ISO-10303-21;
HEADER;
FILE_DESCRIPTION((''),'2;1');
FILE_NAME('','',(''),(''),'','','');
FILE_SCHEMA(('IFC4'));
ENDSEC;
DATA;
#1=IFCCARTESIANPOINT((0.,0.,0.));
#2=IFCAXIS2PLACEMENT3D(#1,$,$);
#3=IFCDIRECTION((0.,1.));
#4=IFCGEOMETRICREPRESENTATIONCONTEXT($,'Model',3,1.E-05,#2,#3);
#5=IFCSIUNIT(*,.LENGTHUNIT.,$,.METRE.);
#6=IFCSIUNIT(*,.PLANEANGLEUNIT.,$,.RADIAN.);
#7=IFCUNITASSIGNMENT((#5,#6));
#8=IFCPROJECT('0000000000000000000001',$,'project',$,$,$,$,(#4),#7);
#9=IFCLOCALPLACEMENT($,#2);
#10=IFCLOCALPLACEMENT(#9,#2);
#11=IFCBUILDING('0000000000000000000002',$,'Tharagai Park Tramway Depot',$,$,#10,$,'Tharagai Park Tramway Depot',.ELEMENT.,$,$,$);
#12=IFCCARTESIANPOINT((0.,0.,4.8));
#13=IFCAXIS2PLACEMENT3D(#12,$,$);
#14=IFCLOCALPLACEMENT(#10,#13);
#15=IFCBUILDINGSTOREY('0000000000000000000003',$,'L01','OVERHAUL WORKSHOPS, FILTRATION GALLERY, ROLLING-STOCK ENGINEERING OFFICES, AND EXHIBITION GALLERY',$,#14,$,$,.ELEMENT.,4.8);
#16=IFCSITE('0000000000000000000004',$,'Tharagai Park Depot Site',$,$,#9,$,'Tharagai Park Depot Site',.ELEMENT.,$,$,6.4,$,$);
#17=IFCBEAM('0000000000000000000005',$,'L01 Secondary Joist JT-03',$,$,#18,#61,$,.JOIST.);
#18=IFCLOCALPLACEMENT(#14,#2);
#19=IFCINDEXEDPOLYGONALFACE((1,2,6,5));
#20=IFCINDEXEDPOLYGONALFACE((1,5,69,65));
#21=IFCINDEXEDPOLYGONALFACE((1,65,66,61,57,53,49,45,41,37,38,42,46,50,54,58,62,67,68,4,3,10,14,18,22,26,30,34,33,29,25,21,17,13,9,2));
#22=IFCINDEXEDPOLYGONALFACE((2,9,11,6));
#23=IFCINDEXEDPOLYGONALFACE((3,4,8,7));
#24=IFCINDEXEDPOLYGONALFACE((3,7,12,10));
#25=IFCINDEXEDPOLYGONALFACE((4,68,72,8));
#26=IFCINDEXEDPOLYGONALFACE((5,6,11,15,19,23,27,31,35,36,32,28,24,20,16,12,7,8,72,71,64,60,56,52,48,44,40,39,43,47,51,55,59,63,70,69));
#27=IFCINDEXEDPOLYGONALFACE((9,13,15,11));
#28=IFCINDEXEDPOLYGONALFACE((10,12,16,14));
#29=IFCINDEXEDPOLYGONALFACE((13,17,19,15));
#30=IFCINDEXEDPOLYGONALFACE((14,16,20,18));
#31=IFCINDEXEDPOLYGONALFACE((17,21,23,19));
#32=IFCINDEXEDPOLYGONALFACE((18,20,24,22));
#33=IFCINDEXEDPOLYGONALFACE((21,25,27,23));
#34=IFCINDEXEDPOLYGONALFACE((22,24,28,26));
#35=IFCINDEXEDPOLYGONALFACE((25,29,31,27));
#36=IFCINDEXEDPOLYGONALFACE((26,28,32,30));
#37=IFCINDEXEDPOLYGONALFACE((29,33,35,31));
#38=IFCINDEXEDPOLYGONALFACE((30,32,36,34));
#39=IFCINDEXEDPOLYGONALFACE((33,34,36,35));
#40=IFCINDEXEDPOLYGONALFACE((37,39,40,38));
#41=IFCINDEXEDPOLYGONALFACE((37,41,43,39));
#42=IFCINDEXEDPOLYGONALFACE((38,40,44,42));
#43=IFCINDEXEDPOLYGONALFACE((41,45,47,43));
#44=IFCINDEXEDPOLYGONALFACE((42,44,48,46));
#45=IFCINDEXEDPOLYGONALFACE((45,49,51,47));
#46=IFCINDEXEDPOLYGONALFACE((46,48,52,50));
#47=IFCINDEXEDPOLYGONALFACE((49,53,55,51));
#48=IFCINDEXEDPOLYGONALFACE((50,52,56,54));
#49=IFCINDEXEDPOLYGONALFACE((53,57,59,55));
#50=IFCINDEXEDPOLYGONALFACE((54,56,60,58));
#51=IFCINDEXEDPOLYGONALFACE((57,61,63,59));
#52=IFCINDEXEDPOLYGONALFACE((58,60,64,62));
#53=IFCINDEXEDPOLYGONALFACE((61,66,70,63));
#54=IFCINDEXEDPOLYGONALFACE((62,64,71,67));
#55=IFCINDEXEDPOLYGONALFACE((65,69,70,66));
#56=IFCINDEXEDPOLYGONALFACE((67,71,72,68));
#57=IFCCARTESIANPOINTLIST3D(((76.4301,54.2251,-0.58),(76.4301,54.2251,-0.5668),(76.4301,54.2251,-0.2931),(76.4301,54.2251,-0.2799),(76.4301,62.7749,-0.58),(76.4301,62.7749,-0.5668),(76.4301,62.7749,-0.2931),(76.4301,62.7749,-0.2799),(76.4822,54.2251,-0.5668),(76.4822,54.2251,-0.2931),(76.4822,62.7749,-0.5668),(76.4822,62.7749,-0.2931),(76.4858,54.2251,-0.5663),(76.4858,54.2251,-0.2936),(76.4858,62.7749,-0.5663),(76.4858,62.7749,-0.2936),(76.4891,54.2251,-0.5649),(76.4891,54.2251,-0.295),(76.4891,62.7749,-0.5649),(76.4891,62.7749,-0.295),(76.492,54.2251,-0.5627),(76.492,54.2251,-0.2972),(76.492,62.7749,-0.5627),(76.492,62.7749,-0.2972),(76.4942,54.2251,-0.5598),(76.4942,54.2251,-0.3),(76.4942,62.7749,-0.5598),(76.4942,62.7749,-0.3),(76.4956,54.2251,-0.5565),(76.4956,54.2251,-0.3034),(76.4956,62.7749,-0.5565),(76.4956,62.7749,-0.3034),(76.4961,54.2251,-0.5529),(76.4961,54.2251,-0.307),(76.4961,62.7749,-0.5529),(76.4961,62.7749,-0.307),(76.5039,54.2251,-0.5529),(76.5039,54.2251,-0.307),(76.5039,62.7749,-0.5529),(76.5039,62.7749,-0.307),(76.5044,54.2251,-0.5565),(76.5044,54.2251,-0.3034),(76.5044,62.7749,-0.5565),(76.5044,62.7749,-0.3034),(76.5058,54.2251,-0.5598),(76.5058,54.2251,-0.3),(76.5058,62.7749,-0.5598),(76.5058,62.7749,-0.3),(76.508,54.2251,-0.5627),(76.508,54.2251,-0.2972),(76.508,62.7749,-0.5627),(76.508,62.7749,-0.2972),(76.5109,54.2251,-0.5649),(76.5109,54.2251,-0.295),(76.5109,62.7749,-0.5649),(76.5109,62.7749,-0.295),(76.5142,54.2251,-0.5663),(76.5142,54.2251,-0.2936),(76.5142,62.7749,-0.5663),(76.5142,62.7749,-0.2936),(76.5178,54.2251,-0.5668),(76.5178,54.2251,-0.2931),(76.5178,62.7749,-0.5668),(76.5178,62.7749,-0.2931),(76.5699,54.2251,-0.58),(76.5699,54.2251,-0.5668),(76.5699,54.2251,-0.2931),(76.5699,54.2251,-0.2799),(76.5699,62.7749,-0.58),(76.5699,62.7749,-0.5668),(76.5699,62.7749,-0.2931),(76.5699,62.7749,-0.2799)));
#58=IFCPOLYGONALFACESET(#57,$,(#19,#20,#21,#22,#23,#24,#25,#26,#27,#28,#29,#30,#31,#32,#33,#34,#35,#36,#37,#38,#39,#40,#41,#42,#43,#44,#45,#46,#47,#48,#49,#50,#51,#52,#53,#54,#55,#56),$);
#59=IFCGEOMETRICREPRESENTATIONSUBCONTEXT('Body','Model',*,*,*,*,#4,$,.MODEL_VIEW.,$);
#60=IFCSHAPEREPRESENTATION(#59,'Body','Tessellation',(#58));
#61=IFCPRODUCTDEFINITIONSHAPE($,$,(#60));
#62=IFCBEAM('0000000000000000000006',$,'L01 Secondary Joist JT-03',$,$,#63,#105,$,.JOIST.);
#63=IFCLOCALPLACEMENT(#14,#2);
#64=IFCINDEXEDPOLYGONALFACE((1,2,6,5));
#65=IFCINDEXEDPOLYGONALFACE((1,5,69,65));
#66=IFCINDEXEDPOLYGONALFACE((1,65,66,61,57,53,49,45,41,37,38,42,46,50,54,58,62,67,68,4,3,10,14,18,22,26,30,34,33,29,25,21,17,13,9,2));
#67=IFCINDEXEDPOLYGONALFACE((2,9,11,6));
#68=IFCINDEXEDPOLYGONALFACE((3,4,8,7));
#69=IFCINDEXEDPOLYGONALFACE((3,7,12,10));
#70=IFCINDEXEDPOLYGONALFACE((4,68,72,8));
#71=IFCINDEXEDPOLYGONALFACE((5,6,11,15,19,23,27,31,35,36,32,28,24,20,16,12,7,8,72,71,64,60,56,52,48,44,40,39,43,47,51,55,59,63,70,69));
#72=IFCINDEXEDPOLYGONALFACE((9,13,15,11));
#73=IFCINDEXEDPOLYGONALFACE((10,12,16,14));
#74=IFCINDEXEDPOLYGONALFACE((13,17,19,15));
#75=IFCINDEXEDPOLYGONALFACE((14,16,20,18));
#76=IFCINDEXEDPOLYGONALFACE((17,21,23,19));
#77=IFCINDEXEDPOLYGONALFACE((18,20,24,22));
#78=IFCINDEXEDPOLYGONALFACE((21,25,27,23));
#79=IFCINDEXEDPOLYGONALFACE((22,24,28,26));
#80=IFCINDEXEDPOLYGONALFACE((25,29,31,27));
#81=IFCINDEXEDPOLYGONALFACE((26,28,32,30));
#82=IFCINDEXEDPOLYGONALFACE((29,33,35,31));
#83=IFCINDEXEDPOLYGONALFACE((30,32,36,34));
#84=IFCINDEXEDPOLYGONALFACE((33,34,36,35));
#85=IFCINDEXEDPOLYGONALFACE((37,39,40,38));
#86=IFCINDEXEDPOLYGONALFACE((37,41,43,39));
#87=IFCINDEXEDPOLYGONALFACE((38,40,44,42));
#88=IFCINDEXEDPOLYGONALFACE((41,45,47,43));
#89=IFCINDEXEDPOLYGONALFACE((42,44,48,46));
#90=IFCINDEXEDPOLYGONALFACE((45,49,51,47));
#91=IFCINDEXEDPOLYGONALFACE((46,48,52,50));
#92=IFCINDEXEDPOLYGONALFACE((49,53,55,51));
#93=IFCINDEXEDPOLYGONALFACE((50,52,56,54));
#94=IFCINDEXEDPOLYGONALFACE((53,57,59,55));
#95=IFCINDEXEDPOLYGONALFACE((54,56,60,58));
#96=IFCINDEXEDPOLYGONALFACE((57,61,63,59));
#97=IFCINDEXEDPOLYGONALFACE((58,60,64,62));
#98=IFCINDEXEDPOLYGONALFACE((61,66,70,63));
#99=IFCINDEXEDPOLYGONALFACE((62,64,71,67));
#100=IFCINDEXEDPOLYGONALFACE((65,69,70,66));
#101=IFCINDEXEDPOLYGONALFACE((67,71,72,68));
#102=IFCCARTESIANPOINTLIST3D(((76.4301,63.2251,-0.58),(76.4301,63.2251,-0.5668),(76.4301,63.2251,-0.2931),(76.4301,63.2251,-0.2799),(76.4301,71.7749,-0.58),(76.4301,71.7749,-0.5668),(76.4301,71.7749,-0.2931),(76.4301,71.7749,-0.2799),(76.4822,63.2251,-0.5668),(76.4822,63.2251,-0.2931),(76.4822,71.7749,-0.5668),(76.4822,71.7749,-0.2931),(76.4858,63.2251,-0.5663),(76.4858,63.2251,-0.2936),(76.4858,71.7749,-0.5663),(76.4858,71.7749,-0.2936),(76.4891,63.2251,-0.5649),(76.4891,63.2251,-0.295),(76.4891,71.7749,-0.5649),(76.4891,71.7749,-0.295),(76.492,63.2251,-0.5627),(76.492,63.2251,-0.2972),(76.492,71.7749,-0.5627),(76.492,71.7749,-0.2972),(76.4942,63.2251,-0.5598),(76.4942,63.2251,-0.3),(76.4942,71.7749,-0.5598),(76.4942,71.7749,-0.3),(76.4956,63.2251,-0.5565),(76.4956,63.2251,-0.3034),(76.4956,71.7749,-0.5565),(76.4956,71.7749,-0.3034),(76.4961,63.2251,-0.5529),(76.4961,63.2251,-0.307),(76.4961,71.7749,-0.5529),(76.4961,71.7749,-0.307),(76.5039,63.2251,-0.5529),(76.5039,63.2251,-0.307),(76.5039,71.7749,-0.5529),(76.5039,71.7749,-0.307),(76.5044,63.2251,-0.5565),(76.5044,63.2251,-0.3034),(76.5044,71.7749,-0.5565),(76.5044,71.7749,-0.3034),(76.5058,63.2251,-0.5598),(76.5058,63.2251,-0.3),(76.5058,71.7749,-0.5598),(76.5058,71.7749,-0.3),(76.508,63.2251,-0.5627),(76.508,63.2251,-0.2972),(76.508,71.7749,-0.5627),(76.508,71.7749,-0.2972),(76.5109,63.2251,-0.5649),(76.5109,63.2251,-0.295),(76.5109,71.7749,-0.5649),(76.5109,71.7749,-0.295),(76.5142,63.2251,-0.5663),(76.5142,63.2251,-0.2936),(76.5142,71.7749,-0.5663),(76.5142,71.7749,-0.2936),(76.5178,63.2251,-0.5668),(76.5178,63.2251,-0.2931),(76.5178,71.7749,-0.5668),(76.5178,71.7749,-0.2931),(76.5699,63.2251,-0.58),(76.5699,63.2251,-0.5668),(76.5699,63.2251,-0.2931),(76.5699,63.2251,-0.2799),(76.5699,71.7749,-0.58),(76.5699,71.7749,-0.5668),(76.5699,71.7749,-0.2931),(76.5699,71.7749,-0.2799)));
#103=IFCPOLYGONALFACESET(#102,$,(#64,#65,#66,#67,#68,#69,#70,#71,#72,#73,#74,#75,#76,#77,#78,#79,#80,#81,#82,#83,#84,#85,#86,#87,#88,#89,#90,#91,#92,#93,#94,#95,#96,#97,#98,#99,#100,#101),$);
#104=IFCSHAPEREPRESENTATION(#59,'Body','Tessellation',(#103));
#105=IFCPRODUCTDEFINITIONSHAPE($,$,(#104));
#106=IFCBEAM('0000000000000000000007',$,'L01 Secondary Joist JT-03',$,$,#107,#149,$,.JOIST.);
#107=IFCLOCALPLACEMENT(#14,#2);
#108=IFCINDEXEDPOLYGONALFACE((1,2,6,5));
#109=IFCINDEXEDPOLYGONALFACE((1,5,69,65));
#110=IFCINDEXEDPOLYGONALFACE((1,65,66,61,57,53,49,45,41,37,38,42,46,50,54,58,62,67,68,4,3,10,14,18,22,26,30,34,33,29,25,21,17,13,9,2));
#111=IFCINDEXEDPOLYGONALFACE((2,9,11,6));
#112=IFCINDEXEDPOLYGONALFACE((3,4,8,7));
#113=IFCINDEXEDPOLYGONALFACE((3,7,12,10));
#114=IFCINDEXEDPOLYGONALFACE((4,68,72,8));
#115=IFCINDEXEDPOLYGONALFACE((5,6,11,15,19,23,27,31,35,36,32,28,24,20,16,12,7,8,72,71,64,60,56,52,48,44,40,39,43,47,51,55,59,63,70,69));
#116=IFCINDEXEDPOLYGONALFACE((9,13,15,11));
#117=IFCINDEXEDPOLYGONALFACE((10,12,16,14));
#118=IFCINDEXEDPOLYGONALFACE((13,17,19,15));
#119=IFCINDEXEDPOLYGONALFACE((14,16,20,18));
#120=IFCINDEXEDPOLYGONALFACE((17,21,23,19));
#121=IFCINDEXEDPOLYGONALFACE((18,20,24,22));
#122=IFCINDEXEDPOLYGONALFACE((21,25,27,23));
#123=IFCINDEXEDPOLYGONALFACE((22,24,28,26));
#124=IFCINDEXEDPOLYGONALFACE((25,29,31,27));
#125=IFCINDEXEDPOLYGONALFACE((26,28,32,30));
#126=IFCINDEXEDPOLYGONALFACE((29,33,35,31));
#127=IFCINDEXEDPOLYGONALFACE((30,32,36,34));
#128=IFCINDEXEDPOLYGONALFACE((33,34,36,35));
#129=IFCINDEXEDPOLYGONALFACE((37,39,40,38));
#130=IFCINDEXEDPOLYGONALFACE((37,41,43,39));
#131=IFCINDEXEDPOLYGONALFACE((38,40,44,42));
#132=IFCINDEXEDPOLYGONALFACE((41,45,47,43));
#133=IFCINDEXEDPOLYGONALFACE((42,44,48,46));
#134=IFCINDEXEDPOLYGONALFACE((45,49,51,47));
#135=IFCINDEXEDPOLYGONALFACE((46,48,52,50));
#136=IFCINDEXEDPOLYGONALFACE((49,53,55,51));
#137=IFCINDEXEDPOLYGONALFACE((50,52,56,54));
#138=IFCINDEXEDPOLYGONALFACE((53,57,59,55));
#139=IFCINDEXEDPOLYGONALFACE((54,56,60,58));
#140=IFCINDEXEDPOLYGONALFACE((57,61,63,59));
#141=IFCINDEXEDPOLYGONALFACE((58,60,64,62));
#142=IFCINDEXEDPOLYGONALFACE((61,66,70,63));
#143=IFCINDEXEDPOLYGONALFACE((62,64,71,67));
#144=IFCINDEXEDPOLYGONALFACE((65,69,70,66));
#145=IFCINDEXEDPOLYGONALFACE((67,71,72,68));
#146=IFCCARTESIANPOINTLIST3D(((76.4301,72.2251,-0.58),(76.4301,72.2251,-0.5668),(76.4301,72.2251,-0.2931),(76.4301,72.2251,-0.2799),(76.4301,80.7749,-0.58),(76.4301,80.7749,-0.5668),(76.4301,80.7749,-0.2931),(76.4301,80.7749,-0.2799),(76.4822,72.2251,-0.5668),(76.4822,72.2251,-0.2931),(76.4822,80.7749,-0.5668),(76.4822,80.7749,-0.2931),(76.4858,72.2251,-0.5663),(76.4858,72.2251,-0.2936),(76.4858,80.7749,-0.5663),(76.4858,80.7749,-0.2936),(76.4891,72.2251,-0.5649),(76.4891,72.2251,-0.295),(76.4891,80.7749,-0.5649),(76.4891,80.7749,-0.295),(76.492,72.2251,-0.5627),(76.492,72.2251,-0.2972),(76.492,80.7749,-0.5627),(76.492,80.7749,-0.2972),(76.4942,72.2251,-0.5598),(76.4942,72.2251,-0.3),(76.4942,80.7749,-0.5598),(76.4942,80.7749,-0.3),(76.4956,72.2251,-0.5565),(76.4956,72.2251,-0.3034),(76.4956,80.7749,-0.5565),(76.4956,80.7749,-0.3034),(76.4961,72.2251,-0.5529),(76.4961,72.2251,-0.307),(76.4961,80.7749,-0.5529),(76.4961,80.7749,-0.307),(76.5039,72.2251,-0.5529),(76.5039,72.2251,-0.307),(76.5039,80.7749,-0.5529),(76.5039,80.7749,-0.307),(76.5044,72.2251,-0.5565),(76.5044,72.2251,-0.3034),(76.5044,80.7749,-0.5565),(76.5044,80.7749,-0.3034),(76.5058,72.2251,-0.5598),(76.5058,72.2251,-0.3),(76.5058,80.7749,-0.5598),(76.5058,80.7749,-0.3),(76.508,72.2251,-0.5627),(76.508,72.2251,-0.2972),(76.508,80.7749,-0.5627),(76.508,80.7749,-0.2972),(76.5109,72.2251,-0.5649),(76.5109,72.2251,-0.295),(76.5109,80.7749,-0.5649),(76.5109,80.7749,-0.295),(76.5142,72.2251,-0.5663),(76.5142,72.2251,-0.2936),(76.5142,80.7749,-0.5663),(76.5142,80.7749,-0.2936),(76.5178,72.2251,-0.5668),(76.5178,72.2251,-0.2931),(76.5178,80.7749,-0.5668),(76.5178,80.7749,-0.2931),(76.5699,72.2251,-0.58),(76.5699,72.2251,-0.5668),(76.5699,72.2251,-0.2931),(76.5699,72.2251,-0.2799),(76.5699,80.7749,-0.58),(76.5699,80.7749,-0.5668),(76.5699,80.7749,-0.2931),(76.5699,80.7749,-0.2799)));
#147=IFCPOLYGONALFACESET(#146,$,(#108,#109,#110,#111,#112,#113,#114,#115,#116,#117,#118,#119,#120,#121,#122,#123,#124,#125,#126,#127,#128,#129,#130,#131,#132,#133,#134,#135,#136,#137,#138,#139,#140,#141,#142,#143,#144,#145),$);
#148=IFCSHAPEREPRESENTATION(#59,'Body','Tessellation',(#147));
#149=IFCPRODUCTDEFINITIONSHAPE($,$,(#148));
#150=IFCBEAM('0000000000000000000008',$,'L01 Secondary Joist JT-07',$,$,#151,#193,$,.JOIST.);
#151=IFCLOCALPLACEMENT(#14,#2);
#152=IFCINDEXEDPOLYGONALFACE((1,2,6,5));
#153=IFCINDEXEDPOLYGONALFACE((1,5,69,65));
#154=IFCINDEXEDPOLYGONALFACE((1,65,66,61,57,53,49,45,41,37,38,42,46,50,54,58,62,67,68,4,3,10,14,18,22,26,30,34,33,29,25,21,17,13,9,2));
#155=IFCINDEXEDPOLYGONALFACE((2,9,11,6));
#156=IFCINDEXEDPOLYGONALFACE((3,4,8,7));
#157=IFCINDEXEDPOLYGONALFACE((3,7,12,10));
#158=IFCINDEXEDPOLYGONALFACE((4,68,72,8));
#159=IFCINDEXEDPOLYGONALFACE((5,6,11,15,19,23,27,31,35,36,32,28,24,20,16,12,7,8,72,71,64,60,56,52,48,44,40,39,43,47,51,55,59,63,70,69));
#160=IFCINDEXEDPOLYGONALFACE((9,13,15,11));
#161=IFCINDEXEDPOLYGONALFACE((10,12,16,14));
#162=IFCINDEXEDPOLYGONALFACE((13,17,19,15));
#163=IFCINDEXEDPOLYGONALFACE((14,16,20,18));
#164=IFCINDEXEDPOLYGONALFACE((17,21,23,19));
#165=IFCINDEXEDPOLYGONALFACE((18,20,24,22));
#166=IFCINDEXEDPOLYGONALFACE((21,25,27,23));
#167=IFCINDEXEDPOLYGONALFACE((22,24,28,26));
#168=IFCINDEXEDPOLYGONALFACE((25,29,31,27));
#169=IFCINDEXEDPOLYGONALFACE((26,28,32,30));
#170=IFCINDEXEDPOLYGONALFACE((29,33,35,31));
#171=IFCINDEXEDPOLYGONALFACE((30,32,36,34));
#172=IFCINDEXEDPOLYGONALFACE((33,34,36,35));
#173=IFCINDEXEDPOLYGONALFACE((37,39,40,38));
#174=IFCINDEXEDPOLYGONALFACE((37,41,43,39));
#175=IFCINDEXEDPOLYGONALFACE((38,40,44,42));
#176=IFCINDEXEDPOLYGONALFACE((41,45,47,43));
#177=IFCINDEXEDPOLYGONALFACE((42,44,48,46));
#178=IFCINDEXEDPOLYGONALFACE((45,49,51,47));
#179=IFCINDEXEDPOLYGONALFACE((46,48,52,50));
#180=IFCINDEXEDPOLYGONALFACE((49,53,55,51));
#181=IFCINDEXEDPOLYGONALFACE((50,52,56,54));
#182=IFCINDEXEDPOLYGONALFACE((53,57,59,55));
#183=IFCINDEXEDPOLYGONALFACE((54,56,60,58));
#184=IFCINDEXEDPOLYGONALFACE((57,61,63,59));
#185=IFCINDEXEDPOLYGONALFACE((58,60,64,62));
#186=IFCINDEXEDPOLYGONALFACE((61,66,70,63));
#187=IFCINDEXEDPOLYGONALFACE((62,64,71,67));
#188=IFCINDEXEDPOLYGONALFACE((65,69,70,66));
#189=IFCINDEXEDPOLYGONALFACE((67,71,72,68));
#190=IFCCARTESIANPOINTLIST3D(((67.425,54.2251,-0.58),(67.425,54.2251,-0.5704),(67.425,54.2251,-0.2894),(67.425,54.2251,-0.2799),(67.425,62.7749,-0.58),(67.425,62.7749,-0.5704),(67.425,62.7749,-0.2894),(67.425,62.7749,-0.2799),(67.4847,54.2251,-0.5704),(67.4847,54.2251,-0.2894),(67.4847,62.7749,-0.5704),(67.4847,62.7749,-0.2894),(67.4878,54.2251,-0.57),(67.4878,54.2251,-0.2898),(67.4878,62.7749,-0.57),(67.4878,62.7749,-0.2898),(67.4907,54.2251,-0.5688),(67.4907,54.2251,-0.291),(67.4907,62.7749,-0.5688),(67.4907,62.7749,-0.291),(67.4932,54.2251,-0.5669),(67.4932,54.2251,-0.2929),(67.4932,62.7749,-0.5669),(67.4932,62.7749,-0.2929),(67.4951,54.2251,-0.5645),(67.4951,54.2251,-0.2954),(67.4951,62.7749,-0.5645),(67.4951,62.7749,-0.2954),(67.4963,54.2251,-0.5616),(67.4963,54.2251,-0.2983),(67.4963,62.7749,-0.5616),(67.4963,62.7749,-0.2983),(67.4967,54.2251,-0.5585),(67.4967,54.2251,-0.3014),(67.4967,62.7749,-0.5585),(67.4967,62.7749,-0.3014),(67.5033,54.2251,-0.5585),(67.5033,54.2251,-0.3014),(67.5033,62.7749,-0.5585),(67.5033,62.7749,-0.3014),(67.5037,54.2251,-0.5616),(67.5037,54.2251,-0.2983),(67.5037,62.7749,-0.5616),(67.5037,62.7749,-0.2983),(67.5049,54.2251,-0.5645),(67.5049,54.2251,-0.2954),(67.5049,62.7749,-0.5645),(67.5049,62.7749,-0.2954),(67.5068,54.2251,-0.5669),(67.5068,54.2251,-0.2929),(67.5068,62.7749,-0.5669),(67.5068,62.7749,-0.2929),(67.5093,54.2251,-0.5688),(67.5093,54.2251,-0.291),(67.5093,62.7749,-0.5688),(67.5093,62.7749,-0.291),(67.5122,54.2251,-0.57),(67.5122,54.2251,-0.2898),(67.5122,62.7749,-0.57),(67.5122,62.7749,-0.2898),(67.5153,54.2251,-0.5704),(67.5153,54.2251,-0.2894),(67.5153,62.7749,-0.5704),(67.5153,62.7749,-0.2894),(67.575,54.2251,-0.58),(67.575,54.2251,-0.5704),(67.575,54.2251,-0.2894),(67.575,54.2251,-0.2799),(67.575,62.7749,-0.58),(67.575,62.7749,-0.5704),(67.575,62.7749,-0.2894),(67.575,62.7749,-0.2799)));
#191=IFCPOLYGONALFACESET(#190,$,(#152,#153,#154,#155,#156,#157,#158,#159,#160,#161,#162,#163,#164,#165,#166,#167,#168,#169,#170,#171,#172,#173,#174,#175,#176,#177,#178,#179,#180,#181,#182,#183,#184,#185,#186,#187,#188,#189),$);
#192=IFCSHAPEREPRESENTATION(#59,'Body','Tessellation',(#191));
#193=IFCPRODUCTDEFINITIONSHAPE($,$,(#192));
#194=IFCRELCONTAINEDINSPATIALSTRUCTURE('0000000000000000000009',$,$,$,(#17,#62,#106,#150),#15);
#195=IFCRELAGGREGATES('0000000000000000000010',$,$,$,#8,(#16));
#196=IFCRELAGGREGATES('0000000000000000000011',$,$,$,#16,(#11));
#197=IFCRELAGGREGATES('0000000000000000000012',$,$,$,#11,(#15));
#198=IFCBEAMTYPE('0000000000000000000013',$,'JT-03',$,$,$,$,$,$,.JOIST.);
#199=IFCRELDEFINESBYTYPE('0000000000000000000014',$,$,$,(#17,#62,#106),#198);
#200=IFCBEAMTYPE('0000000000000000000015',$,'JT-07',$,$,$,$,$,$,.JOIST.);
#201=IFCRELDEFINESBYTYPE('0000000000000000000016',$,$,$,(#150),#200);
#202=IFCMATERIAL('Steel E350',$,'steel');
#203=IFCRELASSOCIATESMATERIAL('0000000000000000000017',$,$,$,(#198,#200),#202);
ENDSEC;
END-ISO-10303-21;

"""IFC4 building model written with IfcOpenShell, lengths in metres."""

from ifc_helpers import new_model, si_unit, direction, frame, origin, origin_2d, place, context, subcontext, project, spatial, i_section, extrude, material, material_profile, profile_set, type_object, element, save


model = new_model("IFC4")

# Units and contexts
model_context = context("Model", 3, precision=1e-05, world=origin(), true_north=direction((0.0, 1.0)))
body_context = subcontext(model_context, "Body", "Model", "MODEL_VIEW")
ifc_project = project(units=[si_unit("LENGTHUNIT", "METRE"), si_unit("PLANEANGLEUNIT", "RADIAN")], contexts=[model_context])

# Site, building, storey
site_placement = place(None, origin())
site = spatial("IfcSite", under=ifc_project, at=site_placement, Name="Tharagai Park Depot Site", LongName="Tharagai Park Depot Site", CompositionType="ELEMENT", RefElevation=6.4)
building_placement = place(site_placement, origin())
building = spatial("IfcBuilding", under=site, at=building_placement, Name="Tharagai Park Tramway Depot", LongName="Tharagai Park Tramway Depot", CompositionType="ELEMENT")
storey_placement = place(building_placement, frame((0.0, 0.0, 4.8)))
storey = spatial("IfcBuildingStorey", under=building, at=storey_placement, Name="L01", Description="OVERHAUL WORKSHOPS, FILTRATION GALLERY, ROLLING-STOCK ENGINEERING OFFICES, AND EXHIBITION GALLERY", CompositionType="ELEMENT", Elevation=4.8)

# Shared definitions
ifc_material_1 = material(Name="Steel E350", Category="steel")

# Beams
ifc_material_profile_1 = material_profile(ifc_material_1, i_section(OverallWidth=0.1399, OverallDepth=0.3, WebThickness=0.0078, FlangeThickness=0.0132, FilletRadius=0.0139, at=origin_2d()), Name="ISMB 300")
ifc_profile_set_1 = profile_set([ifc_material_profile_1], Name="Steel E350")
beam_type_1 = type_object("IfcBeamType", Name="JT-03", PredefinedType="JOIST", material=ifc_profile_set_1)
for number, where, z_axis, x_axis, name in (
    (1, (76.5, 54.2251, -0.4299), (0.0, 1.0, 0.0), (-1.0, 0.0, 0.0), "L01 Secondary Joist JT-03"),
    (2, (76.5, 63.2251, -0.4299), (0.0, 1.0, 0.0), (-1.0, 0.0, 0.0), "L01 Secondary Joist JT-03"),
    (3, (76.5, 72.2251, -0.4299), (0.0, 1.0, 0.0), (-1.0, 0.0, 0.0), "L01 Secondary Joist JT-03"),
):
    element("IfcBeam", number, at=place(storey_placement, frame(where, z_axis=z_axis, x_axis=x_axis)), inside=storey, type_object=beam_type_1, Name=name, PredefinedType="JOIST", context=body_context, shape_type="SweptSolid", body=[
        extrude(i_section(OverallWidth=0.1399, OverallDepth=0.3, WebThickness=0.0078, FlangeThickness=0.0132, FilletRadius=0.0139, at=origin_2d()), origin(), (0.0, 0.0, 1.0), 8.5498),
    ])
ifc_material_profile_2 = material_profile(ifc_material_1, i_section(OverallWidth=0.1499, OverallDepth=0.3, WebThickness=0.0066, FlangeThickness=0.0095, FilletRadius=0.012, at=origin_2d()), Name="ISLB 300")
ifc_profile_set_2 = profile_set([ifc_material_profile_2], Name="Steel E350")
beam_type_2 = type_object("IfcBeamType", Name="JT-07", PredefinedType="JOIST", material=ifc_profile_set_2)
for number, where, z_axis, x_axis, name in (
    (4, (67.5, 54.2251, -0.4299), (0.0, 1.0, 0.0), (-1.0, 0.0, 0.0), "L01 Secondary Joist JT-07"),
):
    element("IfcBeam", number, at=place(storey_placement, frame(where, z_axis=z_axis, x_axis=x_axis)), inside=storey, type_object=beam_type_2, Name=name, PredefinedType="JOIST", context=body_context, shape_type="SweptSolid", body=[
        extrude(i_section(OverallWidth=0.1499, OverallDepth=0.3, WebThickness=0.0066, FlangeThickness=0.0095, FilletRadius=0.012, at=origin_2d()), origin(), (0.0, 0.0, 1.0), 8.5498),
    ])

save(model, "model.ifc")
